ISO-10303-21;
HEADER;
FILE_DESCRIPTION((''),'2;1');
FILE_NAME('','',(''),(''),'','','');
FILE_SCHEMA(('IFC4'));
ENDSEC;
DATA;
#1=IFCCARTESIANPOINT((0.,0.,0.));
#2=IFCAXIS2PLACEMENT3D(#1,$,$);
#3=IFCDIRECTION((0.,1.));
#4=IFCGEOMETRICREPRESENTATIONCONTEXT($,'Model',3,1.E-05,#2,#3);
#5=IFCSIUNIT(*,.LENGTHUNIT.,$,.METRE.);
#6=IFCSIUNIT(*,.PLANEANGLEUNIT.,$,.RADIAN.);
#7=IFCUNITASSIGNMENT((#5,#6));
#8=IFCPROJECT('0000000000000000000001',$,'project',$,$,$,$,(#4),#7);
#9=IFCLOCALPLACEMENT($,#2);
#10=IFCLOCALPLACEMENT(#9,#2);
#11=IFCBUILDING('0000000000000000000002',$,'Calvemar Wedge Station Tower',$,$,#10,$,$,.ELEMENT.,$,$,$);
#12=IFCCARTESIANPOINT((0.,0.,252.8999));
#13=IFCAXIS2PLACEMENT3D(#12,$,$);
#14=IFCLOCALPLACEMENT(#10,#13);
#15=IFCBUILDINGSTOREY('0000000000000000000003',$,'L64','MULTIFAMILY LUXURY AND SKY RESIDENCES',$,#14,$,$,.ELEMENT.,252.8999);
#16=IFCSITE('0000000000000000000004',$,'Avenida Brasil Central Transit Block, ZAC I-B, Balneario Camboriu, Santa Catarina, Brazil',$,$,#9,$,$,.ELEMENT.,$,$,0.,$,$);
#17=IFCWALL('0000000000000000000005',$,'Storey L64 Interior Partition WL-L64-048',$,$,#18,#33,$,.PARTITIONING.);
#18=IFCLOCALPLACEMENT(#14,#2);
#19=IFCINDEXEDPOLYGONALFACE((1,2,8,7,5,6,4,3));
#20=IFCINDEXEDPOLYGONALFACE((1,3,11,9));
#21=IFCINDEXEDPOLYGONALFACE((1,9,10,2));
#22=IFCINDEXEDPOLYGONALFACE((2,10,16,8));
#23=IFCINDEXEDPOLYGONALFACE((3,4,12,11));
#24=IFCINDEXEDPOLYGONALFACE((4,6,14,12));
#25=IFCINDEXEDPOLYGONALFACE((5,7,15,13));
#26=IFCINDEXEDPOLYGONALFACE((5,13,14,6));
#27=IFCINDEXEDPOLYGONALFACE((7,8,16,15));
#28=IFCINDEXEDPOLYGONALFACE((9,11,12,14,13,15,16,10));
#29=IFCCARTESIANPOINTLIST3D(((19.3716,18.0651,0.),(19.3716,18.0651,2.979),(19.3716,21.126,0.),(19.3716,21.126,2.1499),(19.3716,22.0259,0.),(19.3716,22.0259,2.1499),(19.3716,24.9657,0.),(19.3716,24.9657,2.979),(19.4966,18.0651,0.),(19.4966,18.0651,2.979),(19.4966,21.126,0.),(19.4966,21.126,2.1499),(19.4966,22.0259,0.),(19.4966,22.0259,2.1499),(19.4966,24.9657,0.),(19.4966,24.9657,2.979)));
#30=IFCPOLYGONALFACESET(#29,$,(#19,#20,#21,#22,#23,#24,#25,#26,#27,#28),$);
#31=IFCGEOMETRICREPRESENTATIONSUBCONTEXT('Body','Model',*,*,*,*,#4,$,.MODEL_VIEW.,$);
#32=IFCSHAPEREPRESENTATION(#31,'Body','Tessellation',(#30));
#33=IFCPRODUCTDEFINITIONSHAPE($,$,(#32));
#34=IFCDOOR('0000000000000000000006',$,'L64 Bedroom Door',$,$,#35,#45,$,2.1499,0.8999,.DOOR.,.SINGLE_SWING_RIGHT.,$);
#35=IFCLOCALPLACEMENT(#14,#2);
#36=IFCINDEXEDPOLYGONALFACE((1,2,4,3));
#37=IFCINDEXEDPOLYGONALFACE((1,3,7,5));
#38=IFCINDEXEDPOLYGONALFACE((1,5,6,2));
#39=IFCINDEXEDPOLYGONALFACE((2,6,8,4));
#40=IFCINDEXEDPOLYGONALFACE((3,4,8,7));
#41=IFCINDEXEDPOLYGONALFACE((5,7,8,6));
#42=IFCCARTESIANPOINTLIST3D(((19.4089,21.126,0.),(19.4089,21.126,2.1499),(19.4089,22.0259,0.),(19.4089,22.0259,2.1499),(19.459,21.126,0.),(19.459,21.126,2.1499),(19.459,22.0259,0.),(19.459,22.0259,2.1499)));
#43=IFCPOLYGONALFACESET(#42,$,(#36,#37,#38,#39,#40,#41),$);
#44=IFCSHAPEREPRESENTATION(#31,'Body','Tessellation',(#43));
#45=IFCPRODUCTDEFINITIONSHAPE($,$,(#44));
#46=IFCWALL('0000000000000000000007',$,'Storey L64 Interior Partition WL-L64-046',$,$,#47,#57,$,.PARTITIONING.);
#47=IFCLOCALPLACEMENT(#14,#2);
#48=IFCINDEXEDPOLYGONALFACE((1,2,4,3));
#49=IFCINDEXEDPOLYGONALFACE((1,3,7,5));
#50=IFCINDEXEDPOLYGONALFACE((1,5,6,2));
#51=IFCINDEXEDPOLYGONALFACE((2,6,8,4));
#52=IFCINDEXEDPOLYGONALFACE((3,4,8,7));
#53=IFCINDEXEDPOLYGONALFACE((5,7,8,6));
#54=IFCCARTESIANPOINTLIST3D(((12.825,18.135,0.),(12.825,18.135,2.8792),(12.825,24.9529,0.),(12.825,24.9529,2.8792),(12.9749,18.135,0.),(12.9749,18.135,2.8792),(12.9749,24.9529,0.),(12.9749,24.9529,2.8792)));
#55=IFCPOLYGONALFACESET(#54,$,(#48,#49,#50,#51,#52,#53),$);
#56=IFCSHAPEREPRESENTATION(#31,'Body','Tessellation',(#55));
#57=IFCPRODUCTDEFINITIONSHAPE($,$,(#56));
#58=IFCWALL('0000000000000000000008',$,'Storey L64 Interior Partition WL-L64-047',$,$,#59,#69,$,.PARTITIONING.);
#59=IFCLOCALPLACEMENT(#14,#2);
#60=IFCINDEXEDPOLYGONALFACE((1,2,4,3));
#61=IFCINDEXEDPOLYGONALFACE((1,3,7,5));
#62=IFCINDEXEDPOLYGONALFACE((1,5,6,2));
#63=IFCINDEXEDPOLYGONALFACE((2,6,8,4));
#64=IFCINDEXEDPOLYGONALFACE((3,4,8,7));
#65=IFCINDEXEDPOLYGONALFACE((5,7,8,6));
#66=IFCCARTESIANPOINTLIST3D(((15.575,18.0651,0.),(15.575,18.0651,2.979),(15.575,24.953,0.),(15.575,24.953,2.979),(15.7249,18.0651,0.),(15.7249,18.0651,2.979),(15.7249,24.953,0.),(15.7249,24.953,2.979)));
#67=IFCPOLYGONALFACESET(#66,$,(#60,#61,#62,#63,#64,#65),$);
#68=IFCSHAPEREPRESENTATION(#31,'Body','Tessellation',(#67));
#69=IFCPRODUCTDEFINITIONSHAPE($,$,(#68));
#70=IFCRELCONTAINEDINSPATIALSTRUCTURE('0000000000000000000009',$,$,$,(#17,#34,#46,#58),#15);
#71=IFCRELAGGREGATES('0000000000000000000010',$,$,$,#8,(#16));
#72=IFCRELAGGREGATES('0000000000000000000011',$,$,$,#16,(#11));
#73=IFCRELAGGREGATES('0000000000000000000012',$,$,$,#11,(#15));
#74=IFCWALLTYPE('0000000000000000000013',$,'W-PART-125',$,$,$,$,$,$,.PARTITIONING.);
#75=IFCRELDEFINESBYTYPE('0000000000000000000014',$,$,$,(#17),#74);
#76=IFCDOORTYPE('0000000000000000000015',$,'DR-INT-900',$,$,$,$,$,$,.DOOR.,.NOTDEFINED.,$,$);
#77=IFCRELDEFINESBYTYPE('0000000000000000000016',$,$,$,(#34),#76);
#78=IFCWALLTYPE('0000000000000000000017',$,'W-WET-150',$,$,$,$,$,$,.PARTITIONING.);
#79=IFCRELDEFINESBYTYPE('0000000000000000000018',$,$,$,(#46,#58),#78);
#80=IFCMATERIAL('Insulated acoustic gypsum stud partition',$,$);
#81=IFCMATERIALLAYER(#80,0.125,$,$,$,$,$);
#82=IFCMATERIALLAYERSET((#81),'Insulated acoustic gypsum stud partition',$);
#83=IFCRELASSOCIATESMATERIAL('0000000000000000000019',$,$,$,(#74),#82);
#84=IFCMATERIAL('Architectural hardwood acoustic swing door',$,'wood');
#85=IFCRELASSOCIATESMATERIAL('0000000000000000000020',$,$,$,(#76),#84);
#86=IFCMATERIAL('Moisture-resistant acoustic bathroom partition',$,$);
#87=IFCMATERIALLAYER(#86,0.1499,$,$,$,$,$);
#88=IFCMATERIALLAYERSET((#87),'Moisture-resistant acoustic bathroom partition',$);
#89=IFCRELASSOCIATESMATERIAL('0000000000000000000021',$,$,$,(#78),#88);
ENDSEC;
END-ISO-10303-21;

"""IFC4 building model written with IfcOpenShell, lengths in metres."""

from ifc_helpers import new_model, si_unit, direction, frame, frame_2d, origin, place, context, subcontext, project, spatial, rectangle, extrude, source, transform, mapped, material, layer, layer_set, type_object, element, fill, save


model = new_model("IFC4")

# Units and contexts
model_context = context("Model", 3, precision=1e-05, world=origin(), true_north=direction((0.0, 1.0)))
body_context = subcontext(model_context, "Body", "Model", "MODEL_VIEW")
ifc_project = project(units=[si_unit("LENGTHUNIT", "METRE"), si_unit("PLANEANGLEUNIT", "RADIAN")], contexts=[model_context])

# Site, building, storey
site_placement = place(None, origin())
site = spatial("IfcSite", under=ifc_project, at=site_placement, Name="Avenida Brasil Central Transit Block, ZAC I-B, Balneario Camboriu, Santa Catarina, Brazil", CompositionType="ELEMENT", RefElevation=0.0)
building_placement = place(site_placement, origin())
building = spatial("IfcBuilding", under=site, at=building_placement, Name="Calvemar Wedge Station Tower", CompositionType="ELEMENT")
storey_placement = place(building_placement, frame((0.0, 0.0, 252.8999)))
storey = spatial("IfcBuildingStorey", under=building, at=storey_placement, Name="L64", Description="MULTIFAMILY LUXURY AND SKY RESIDENCES", CompositionType="ELEMENT", Elevation=252.8999)

# Shared definitions
ifc_material_1 = material(Name="Insulated acoustic gypsum stud partition")
ifc_layer_1 = layer(ifc_material_1, 0.125)
ifc_layer_set_1 = layer_set([ifc_layer_1], Name="Insulated acoustic gypsum stud partition")
wall_type_1 = type_object("IfcWallType", Name="W-PART-125", PredefinedType="PARTITIONING", material=ifc_layer_set_1)
shared_shape_1 = source(origin(), body_context, "Body", "SweptSolid", [
    extrude(rectangle(XDim=0.8999, YDim=2.1499, at=frame_2d((0.45, 1.075))), frame((0.0, 0.0725, 0.0), z_axis=(0.0, -1.0, 0.0), x_axis=(1.0, 0.0, 0.0)), (0.0, 0.0, 1.0), 0.145),
])
ifc_material_2 = material(Name="Architectural hardwood acoustic swing door", Category="wood")
door_type_1 = type_object("IfcDoorType", Name="DR-INT-900", OperationType="NOTDEFINED", PredefinedType="DOOR", material=ifc_material_2)
shared_shape_2 = source(origin(), body_context, "Body", "SweptSolid", [
    extrude(rectangle(XDim=0.8999, YDim=2.1499, at=frame_2d((0.45, 1.075))), frame((0.0, 0.0249, 0.0), z_axis=(0.0, -1.0, 0.0), x_axis=(1.0, 0.0, 0.0)), (0.0, 0.0, 1.0), 0.05),
])

# Wall, opening, door
wall_1_placement = place(storey_placement, frame((19.4341, 24.9656, 0.0), z_axis=(0.0, 0.0, 1.0), x_axis=(0.0, -1.0, 0.0)))
wall_1 = element("IfcWall", 1, at=wall_1_placement, inside=storey, type_object=wall_type_1, Name="Storey L64 Interior Partition WL-L64-048", PredefinedType="PARTITIONING", context=body_context, shape_type="SweptSolid", body=[
    extrude(rectangle(XDim=6.9006, YDim=0.125, at=frame_2d((3.4502, 0.0))), origin(), (0.0, 0.0, 1.0), 2.979),
])
opening_1_placement = place(wall_1_placement, frame((2.9397, 0.0, 0.0)))
opening_1 = element("IfcOpeningElement", 2, at=opening_1_placement, cuts=wall_1, PredefinedType="OPENING", context=body_context, shape_type="MappedRepresentation", body=[
    mapped(shared_shape_1, transform((0.0, 0.0, 0.0), scale=1.0)),
])
door_1_placement = place(opening_1_placement, origin())
door_1 = element("IfcDoor", 3, at=door_1_placement, inside=storey, type_object=door_type_1, Name="L64 Bedroom Door", OperationType="SINGLE_SWING_RIGHT", OverallHeight=2.1499, OverallWidth=0.8999, PredefinedType="DOOR", context=body_context, shape_type="MappedRepresentation", body=[
    mapped(shared_shape_2, transform((0.0, 0.0, 0.0), scale=1.0)),
])
fill(opening_1, door_1)
ifc_material_3 = material(Name="Moisture-resistant acoustic bathroom partition")
ifc_layer_2 = layer(ifc_material_3, 0.1499)
ifc_layer_set_2 = layer_set([ifc_layer_2], Name="Moisture-resistant acoustic bathroom partition")
wall_type_2 = type_object("IfcWallType", Name="W-WET-150", PredefinedType="PARTITIONING", material=ifc_layer_set_2)

# Walls
wall_2_placement = place(storey_placement, frame((12.8999, 18.135, 0.0), z_axis=(0.0, 0.0, 1.0), x_axis=(0.0, 1.0, 0.0)))
element("IfcWall", 4, at=wall_2_placement, inside=storey, type_object=wall_type_2, Name="Storey L64 Interior Partition WL-L64-046", PredefinedType="PARTITIONING", context=body_context, shape_type="SweptSolid", body=[
    extrude(rectangle(XDim=6.8179, YDim=0.1499, at=frame_2d((3.4089, 0.0))), origin(), (0.0, 0.0, 1.0), 2.8792),
])
wall_3_placement = place(storey_placement, frame((15.6499, 24.9529, 0.0), z_axis=(0.0, 0.0, 1.0), x_axis=(0.0, -1.0, 0.0)))
element("IfcWall", 5, at=wall_3_placement, inside=storey, type_object=wall_type_2, Name="Storey L64 Interior Partition WL-L64-047", PredefinedType="PARTITIONING", context=body_context, shape_type="SweptSolid", body=[
    extrude(rectangle(XDim=6.8879, YDim=0.1499, at=frame_2d((3.4438, 0.0))), origin(), (0.0, 0.0, 1.0), 2.979),
])

save(model, "model.ifc")
